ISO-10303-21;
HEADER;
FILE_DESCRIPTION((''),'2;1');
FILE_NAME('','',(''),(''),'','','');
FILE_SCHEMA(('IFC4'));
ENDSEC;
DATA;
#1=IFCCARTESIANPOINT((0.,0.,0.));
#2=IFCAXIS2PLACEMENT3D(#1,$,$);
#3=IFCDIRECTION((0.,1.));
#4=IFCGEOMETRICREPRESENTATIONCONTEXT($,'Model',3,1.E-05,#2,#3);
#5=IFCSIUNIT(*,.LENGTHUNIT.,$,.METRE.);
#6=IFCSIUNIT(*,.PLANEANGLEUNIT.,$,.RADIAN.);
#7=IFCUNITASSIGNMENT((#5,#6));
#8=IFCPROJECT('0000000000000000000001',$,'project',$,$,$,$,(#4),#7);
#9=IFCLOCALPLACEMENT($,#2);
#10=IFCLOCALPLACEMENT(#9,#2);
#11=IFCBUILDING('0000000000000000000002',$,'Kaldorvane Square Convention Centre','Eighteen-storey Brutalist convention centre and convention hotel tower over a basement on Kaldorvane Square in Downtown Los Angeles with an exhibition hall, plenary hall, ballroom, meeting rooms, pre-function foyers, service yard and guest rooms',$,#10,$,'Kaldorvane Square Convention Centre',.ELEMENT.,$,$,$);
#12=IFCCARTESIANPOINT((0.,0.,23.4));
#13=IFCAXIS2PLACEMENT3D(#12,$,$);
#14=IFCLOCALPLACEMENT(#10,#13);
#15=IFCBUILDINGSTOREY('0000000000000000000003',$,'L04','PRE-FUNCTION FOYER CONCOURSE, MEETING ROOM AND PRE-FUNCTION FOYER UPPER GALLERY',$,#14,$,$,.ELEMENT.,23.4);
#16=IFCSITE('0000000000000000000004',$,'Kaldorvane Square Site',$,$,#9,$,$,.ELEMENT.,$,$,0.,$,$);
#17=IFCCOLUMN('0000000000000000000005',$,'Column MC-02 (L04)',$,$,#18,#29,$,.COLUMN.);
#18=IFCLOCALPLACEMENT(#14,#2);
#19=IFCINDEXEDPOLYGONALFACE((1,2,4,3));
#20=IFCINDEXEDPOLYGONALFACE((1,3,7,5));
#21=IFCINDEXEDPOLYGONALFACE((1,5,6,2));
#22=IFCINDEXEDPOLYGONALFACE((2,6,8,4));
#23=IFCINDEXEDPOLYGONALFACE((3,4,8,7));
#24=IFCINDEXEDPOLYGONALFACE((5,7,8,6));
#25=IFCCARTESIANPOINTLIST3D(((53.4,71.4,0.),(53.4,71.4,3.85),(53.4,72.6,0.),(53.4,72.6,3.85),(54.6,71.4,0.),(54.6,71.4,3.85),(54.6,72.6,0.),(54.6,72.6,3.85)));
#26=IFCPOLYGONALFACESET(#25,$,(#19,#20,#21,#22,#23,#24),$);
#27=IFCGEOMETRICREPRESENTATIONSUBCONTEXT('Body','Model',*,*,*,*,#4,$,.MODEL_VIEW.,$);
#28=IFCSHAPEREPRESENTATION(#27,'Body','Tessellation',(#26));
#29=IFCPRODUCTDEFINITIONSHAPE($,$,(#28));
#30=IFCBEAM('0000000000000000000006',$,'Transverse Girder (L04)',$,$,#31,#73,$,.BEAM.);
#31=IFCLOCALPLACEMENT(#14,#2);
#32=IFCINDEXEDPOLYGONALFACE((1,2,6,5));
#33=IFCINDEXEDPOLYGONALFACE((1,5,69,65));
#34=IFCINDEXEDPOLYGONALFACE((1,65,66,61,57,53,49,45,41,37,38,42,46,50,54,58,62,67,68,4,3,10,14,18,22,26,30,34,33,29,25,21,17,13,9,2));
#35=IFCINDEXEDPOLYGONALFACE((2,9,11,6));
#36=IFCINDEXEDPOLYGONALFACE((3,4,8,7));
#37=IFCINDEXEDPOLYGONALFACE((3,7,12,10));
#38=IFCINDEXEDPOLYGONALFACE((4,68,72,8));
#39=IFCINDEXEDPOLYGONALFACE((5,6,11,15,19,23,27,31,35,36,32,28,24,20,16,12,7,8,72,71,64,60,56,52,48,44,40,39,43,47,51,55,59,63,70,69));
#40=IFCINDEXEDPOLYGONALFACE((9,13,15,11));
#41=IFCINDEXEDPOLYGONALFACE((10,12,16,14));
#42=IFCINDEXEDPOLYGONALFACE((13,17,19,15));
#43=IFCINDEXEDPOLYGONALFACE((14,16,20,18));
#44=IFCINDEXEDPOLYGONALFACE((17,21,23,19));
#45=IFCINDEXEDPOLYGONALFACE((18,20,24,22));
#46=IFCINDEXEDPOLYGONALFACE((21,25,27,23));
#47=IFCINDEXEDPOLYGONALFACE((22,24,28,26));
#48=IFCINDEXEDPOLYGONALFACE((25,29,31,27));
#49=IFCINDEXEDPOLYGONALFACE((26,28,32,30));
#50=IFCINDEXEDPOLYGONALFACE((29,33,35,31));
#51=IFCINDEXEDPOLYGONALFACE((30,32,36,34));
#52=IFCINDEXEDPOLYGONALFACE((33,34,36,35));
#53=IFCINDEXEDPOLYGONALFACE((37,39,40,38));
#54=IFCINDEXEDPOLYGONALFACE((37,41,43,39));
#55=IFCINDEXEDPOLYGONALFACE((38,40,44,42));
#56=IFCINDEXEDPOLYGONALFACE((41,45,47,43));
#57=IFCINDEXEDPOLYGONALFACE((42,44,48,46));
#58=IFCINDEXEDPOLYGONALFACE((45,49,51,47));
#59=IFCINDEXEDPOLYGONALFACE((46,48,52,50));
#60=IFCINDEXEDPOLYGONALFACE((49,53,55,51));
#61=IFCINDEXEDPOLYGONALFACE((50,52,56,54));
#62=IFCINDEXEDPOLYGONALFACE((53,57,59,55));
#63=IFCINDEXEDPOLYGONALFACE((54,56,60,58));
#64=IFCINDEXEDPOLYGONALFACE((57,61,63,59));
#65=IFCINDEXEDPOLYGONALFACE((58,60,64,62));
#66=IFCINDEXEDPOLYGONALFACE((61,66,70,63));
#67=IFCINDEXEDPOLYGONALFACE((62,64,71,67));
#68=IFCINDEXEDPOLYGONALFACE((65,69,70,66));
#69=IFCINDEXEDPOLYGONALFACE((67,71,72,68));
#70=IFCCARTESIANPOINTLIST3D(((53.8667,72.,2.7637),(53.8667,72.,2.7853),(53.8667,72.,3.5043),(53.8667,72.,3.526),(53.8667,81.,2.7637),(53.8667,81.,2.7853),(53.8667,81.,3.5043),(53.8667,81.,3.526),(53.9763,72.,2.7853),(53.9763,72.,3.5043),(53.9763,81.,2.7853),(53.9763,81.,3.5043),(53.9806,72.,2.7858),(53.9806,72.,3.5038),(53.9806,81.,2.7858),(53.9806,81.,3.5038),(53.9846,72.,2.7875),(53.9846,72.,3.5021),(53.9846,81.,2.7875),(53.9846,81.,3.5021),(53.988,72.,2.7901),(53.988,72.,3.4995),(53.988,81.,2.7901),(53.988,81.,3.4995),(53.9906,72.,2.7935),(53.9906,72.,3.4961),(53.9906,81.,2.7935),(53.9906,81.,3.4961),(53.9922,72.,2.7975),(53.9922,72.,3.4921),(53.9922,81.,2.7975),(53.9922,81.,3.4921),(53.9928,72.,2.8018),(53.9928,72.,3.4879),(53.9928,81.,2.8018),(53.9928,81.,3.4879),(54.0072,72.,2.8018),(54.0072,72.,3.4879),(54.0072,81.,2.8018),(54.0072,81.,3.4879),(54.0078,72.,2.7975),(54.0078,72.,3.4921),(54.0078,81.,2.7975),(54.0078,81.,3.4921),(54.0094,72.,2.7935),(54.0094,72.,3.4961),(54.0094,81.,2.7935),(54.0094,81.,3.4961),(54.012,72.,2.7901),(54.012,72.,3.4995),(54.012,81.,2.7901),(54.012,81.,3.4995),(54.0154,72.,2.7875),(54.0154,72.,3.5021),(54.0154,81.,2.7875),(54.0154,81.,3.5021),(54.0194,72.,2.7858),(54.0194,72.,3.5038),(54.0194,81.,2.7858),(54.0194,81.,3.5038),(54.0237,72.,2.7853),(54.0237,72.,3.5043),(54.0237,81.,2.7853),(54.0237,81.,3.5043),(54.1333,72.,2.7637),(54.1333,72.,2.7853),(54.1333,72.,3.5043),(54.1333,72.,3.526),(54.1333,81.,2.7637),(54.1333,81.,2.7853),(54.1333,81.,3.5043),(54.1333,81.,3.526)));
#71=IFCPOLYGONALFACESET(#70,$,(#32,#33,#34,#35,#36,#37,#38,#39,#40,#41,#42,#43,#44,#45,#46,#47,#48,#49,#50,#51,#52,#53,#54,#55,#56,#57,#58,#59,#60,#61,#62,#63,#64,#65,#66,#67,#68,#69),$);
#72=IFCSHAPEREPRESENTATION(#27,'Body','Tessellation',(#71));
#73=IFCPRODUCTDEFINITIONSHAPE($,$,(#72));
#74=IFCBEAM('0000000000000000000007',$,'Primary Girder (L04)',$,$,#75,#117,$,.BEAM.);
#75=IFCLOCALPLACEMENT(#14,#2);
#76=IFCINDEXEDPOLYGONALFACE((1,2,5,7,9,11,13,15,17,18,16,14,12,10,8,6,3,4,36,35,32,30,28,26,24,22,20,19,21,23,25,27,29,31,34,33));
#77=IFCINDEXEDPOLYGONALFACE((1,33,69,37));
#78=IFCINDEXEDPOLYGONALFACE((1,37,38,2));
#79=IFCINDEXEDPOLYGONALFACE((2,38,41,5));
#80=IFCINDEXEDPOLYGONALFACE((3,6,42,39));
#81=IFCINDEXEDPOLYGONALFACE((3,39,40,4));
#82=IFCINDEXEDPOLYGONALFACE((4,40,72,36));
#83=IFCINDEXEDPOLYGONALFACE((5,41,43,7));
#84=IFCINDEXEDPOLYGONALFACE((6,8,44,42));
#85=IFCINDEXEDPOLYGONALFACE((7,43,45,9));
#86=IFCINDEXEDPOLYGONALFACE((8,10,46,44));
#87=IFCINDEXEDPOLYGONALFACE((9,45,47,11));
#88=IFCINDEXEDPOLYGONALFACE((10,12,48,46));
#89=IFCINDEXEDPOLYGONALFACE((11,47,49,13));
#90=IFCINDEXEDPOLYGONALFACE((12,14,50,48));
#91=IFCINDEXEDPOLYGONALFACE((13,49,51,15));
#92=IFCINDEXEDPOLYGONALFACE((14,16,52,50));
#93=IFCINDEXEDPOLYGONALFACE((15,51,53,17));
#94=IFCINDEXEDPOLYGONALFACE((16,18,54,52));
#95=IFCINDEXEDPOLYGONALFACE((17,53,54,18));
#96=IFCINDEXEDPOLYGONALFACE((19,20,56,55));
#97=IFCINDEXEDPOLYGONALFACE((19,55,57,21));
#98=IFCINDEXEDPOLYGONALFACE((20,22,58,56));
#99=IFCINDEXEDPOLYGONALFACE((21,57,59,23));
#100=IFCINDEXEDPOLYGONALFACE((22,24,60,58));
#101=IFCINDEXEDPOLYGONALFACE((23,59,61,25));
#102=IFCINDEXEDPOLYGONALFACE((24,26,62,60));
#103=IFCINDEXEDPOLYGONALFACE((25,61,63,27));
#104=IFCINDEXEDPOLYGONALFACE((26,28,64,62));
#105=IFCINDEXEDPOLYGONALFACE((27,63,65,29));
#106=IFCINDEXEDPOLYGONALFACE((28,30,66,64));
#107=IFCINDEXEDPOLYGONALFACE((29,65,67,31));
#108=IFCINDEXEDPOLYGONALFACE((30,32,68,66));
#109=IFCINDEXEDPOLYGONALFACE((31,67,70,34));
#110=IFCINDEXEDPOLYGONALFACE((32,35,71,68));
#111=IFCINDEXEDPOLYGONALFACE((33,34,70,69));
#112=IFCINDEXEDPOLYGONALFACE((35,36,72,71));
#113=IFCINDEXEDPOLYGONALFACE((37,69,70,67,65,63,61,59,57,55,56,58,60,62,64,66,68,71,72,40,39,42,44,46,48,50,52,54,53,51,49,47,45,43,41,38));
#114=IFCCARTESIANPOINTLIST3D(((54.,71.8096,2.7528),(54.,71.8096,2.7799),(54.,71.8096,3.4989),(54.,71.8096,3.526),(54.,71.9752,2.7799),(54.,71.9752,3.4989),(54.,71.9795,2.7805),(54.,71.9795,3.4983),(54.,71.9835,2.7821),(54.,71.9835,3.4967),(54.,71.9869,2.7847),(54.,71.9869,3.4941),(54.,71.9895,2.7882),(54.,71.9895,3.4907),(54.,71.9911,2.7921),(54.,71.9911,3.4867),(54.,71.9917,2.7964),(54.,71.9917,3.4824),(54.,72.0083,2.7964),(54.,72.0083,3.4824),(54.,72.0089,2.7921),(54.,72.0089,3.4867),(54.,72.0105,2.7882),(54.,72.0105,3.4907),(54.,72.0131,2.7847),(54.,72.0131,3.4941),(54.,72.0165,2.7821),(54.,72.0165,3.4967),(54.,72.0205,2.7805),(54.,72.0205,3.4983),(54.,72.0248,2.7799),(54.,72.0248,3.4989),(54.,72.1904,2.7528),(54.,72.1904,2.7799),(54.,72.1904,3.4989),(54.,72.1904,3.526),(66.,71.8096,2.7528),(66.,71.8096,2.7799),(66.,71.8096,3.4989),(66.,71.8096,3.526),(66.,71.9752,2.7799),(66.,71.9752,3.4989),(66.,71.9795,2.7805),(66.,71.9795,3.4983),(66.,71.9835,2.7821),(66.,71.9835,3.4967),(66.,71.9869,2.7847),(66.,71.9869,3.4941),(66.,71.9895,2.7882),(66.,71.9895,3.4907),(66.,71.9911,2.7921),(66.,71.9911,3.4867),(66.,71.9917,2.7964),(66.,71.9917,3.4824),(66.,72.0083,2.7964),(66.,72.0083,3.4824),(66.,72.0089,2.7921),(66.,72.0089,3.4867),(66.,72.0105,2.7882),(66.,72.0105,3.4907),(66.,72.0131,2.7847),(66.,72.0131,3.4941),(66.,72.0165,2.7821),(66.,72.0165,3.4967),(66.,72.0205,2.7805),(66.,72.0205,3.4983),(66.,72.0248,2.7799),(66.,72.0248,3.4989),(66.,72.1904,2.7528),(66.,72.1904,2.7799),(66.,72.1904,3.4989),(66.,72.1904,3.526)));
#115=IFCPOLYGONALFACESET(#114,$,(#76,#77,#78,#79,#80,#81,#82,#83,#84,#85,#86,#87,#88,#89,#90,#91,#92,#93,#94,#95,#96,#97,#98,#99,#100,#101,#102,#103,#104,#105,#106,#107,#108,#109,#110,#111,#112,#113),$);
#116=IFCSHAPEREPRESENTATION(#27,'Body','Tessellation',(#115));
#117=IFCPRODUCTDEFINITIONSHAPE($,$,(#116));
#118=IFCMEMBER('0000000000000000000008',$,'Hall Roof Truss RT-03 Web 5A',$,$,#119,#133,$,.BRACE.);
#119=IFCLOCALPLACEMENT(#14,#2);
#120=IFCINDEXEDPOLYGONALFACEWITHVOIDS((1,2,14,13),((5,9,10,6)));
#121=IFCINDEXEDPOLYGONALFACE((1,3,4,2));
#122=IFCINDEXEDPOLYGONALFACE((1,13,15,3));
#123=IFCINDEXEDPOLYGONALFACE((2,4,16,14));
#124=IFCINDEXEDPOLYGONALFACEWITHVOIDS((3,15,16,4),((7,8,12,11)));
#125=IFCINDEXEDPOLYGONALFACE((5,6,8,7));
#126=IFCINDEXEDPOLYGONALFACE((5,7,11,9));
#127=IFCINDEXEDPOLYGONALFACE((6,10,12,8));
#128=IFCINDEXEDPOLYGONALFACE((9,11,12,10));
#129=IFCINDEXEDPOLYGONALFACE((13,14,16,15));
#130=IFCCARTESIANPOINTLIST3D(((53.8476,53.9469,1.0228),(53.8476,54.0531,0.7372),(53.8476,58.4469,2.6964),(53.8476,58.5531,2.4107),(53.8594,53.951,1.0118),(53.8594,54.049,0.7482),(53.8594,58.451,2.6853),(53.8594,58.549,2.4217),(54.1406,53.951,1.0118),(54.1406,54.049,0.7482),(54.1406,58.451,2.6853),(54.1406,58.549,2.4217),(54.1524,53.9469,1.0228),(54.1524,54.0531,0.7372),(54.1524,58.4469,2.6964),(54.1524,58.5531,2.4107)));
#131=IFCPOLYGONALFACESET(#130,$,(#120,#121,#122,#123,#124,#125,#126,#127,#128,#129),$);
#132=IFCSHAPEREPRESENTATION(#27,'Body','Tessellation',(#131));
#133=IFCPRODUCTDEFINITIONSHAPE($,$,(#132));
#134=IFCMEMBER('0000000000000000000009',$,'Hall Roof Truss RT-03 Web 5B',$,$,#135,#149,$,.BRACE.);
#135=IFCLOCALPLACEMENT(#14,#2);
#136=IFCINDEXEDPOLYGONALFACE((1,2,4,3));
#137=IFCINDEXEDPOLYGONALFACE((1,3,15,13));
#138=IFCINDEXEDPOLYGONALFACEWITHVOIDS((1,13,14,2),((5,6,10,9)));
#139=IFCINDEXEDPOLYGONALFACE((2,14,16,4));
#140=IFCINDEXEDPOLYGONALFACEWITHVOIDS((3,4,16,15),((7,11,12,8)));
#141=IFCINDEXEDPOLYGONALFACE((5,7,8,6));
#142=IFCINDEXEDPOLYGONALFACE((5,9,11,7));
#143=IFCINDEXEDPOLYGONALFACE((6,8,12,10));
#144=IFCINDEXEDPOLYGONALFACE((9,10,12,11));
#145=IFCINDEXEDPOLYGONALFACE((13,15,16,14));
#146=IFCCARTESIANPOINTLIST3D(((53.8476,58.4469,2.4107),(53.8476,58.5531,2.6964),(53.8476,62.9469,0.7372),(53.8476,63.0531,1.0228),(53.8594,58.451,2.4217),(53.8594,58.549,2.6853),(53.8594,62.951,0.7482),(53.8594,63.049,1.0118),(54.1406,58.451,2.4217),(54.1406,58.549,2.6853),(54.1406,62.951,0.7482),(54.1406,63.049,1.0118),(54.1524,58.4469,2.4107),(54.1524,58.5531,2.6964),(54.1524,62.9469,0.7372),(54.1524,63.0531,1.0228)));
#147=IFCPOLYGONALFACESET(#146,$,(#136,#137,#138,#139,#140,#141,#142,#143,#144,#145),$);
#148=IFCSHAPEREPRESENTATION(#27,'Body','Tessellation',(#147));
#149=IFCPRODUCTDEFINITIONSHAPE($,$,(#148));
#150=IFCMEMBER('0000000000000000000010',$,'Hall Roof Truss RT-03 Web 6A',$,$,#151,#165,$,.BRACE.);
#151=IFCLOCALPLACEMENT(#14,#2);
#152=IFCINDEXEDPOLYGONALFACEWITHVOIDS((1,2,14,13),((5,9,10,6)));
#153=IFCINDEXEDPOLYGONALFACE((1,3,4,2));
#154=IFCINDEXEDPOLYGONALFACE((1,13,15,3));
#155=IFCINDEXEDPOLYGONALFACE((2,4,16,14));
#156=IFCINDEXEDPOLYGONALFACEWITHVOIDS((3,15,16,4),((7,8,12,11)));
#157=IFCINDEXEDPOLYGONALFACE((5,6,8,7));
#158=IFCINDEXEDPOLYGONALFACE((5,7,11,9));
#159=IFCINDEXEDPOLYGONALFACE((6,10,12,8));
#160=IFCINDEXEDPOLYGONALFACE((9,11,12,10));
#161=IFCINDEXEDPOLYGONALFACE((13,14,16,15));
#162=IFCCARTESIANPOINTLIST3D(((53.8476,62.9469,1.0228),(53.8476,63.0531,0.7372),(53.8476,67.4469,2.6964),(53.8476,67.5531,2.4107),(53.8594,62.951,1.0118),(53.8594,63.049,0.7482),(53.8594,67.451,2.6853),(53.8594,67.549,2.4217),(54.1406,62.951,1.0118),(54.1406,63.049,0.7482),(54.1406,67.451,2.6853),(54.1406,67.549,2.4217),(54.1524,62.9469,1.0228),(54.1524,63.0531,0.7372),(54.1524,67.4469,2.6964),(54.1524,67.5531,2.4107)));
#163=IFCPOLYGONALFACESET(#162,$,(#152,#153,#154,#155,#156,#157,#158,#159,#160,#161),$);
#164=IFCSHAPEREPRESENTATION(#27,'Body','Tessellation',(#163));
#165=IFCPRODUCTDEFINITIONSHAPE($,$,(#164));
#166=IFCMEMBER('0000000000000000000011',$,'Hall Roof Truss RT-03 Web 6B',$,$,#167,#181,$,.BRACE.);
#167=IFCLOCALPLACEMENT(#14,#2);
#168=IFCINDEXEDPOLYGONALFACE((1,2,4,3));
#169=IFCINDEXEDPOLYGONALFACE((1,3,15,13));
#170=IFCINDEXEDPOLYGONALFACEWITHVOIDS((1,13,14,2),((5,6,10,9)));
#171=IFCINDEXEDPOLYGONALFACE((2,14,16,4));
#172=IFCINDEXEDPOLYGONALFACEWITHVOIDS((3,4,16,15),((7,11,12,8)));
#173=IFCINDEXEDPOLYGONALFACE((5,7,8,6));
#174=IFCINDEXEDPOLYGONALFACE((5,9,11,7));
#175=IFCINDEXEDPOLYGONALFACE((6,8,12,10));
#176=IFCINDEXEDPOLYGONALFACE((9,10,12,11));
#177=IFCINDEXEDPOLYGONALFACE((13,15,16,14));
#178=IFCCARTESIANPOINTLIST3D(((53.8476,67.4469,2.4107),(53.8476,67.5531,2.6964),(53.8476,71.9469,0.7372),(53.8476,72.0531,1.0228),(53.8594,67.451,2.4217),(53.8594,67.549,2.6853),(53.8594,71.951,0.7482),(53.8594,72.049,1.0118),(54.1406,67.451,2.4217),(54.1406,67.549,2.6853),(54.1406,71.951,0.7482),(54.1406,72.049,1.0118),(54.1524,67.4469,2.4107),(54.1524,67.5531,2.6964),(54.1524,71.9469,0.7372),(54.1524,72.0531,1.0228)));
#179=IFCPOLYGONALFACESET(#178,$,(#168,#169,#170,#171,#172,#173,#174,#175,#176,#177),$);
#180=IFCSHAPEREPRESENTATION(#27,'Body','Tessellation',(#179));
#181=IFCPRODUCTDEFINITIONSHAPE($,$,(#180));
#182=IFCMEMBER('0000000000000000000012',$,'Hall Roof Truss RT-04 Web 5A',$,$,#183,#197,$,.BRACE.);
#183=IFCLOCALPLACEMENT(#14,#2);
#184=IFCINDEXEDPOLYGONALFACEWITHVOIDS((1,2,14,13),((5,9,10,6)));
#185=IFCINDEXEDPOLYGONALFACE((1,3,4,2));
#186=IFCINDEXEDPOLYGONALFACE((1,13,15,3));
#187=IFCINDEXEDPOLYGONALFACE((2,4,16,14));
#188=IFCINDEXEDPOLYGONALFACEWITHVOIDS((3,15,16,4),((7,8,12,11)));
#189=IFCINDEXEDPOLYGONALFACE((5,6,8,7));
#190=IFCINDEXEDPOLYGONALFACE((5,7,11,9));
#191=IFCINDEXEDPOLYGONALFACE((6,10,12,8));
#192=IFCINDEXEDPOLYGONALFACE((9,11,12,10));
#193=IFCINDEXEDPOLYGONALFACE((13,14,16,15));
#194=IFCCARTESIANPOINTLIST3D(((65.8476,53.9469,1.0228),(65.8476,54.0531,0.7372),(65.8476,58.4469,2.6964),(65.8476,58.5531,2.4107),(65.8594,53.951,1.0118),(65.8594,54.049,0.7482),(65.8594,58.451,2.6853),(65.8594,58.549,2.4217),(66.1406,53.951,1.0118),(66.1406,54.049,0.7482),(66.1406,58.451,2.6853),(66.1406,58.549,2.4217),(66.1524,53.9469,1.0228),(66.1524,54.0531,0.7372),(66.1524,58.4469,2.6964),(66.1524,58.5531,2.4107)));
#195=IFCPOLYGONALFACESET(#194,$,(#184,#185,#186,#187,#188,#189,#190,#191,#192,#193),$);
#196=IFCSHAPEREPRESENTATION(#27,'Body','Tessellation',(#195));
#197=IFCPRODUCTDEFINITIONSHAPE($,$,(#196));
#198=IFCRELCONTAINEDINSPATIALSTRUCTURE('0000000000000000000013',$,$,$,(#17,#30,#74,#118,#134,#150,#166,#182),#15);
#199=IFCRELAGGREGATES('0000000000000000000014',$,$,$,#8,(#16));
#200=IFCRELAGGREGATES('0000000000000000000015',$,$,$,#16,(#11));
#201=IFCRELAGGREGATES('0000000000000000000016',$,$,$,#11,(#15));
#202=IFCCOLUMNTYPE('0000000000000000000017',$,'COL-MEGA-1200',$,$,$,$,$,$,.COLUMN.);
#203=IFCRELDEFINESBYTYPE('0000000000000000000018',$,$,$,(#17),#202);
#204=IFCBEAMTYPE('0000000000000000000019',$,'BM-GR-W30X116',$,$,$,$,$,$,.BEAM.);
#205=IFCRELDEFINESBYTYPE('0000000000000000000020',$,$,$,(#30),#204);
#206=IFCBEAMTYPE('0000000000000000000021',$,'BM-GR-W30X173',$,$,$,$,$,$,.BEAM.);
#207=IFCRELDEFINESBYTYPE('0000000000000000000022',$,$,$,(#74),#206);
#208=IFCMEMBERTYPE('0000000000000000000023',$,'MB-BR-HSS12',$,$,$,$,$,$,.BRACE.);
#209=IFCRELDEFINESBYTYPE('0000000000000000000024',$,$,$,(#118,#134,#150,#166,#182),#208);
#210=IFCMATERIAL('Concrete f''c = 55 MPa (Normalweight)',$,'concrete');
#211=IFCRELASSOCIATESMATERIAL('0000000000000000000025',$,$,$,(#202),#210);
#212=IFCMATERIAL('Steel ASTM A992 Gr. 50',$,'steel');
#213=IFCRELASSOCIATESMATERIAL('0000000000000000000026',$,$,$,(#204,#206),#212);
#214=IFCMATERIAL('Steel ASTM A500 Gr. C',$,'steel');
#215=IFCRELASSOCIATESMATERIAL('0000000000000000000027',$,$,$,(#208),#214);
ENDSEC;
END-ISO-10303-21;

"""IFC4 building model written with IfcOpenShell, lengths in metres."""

from ifc_helpers import new_model, si_unit, direction, frame, origin, origin_2d, place, context, subcontext, project, spatial, rectangle, hollow_rectangle, i_section, extrude, material, material_profile, profile_set, type_object, element, save


model = new_model("IFC4")

# Units and contexts
model_context = context("Model", 3, precision=1e-05, world=origin(), true_north=direction((0.0, 1.0)))
body_context = subcontext(model_context, "Body", "Model", "MODEL_VIEW")
ifc_project = project(units=[si_unit("LENGTHUNIT", "METRE"), si_unit("PLANEANGLEUNIT", "RADIAN")], contexts=[model_context])

# Site, building, storey
site_placement = place(None, origin())
site = spatial("IfcSite", under=ifc_project, at=site_placement, Name="Kaldorvane Square Site", CompositionType="ELEMENT", RefElevation=0.0)
building_placement = place(site_placement, origin())
building = spatial("IfcBuilding", under=site, at=building_placement, Name="Kaldorvane Square Convention Centre", Description="Eighteen-storey Brutalist convention centre and convention hotel tower over a basement on Kaldorvane Square in Downtown Los Angeles with an exhibition hall, plenary hall, ballroom, meeting rooms, pre-function foyers, service yard and guest rooms", LongName="Kaldorvane Square Convention Centre", CompositionType="ELEMENT")
storey_placement = place(building_placement, frame((0.0, 0.0, 23.4)))
storey = spatial("IfcBuildingStorey", under=building, at=storey_placement, Name="L04", Description="PRE-FUNCTION FOYER CONCOURSE, MEETING ROOM AND PRE-FUNCTION FOYER UPPER GALLERY", CompositionType="ELEMENT", Elevation=23.4)

# Column
ifc_material_1 = material(Name="Concrete f'c = 55 MPa (Normalweight)", Category="concrete")
ifc_material_profile_1 = material_profile(ifc_material_1, rectangle(XDim=1.2, YDim=1.2, at=origin_2d()), Name="RC1200X1200")
ifc_profile_set_1 = profile_set([ifc_material_profile_1], Name="Concrete f'c = 55 MPa (Normalweight)")
column_type = type_object("IfcColumnType", Name="COL-MEGA-1200", PredefinedType="COLUMN", material=ifc_profile_set_1)
column_placement = place(storey_placement, frame((54.0, 72.0, 0.0), z_axis=(0.0, 0.0, 1.0), x_axis=(1.0, 0.0, 0.0)))
element("IfcColumn", 1, at=column_placement, inside=storey, type_object=column_type, Name="Column MC-02 (L04)", PredefinedType="COLUMN", context=body_context, shape_type="SweptSolid", body=[
    extrude(rectangle(XDim=1.2, YDim=1.2, at=origin_2d()), origin(), (0.0, 0.0, 1.0), 3.85),
])

# Beams
ifc_material_2 = material(Name="Steel ASTM A992 Gr. 50", Category="steel")
ifc_material_profile_2 = material_profile(ifc_material_2, i_section(OverallWidth=0.2666, OverallDepth=0.7623, WebThickness=0.0144, FlangeThickness=0.0216, FilletRadius=0.0165, at=origin_2d()), Name="W30X116")
ifc_profile_set_2 = profile_set([ifc_material_profile_2], Name="Steel ASTM A992 Gr. 50")
beam_type_1 = type_object("IfcBeamType", Name="BM-GR-W30X116", PredefinedType="BEAM", material=ifc_profile_set_2)
beam_1_placement = place(storey_placement, frame((54.0, 72.0, 3.1448), z_axis=(0.0, 1.0, 0.0), x_axis=(-1.0, 0.0, 0.0)))
element("IfcBeam", 2, at=beam_1_placement, inside=storey, type_object=beam_type_1, Name="Transverse Girder (L04)", PredefinedType="BEAM", context=body_context, shape_type="SweptSolid", body=[
    extrude(i_section(OverallWidth=0.2666, OverallDepth=0.7623, WebThickness=0.0144, FlangeThickness=0.0216, FilletRadius=0.0165, at=origin_2d()), origin(), (0.0, 0.0, 1.0), 9.0),
])
ifc_material_profile_3 = material_profile(ifc_material_2, i_section(OverallWidth=0.3807, OverallDepth=0.7732, WebThickness=0.0166, FlangeThickness=0.0271, FilletRadius=0.0165, at=origin_2d()), Name="W30X173")
ifc_profile_set_3 = profile_set([ifc_material_profile_3], Name="Steel ASTM A992 Gr. 50")
beam_type_2 = type_object("IfcBeamType", Name="BM-GR-W30X173", PredefinedType="BEAM", material=ifc_profile_set_3)
beam_2_placement = place(storey_placement, frame((54.0, 72.0, 3.1394), z_axis=(1.0, 0.0, 0.0), x_axis=(0.0, 1.0, 0.0)))
element("IfcBeam", 3, at=beam_2_placement, inside=storey, type_object=beam_type_2, Name="Primary Girder (L04)", PredefinedType="BEAM", context=body_context, shape_type="SweptSolid", body=[
    extrude(i_section(OverallWidth=0.3807, OverallDepth=0.7732, WebThickness=0.0166, FlangeThickness=0.0271, FilletRadius=0.0165, at=origin_2d()), origin(), (0.0, 0.0, 1.0), 12.0),
])

# Members
ifc_material_3 = material(Name="Steel ASTM A500 Gr. C", Category="steel")
ifc_material_profile_4 = material_profile(ifc_material_3, hollow_rectangle(XDim=0.3048, YDim=0.3048, WallThickness=0.0118, at=origin_2d()), Name="HSS12X12X1/2")
ifc_profile_set_4 = profile_set([ifc_material_profile_4], Name="Steel ASTM A500 Gr. C")
member_type_1 = type_object("IfcMemberType", Name="MB-BR-HSS12", PredefinedType="BRACE", material=ifc_profile_set_4)
for number, where, z_axis, x_axis, name in (
    (4, (54.0, 54.0, 0.88), (0.0, 0.937284, 0.348567), (-1.0, 0.0, 0.0), "Hall Roof Truss RT-03 Web 5A"),
    (5, (54.0, 58.5, 2.5535), (0.0, 0.937284, -0.348567), (-1.0, 0.0, 0.0), "Hall Roof Truss RT-03 Web 5B"),
    (6, (54.0, 63.0, 0.88), (0.0, 0.937284, 0.348567), (-1.0, 0.0, 0.0), "Hall Roof Truss RT-03 Web 6A"),
    (7, (54.0, 67.5, 2.5535), (0.0, 0.937284, -0.348567), (-1.0, 0.0, 0.0), "Hall Roof Truss RT-03 Web 6B"),
    (8, (66.0, 54.0, 0.88), (0.0, 0.937284, 0.348567), (-1.0, 0.0, 0.0), "Hall Roof Truss RT-04 Web 5A"),
):
    element("IfcMember", number, at=place(storey_placement, frame(where, z_axis=z_axis, x_axis=x_axis)), inside=storey, type_object=member_type_1, Name=name, PredefinedType="BRACE", context=body_context, shape_type="SweptSolid", body=[
        extrude(hollow_rectangle(XDim=0.3048, YDim=0.3048, WallThickness=0.0118, at=origin_2d()), origin(), (0.0, 0.0, 1.0), 4.8011),
    ])

save(model, "model.ifc")
